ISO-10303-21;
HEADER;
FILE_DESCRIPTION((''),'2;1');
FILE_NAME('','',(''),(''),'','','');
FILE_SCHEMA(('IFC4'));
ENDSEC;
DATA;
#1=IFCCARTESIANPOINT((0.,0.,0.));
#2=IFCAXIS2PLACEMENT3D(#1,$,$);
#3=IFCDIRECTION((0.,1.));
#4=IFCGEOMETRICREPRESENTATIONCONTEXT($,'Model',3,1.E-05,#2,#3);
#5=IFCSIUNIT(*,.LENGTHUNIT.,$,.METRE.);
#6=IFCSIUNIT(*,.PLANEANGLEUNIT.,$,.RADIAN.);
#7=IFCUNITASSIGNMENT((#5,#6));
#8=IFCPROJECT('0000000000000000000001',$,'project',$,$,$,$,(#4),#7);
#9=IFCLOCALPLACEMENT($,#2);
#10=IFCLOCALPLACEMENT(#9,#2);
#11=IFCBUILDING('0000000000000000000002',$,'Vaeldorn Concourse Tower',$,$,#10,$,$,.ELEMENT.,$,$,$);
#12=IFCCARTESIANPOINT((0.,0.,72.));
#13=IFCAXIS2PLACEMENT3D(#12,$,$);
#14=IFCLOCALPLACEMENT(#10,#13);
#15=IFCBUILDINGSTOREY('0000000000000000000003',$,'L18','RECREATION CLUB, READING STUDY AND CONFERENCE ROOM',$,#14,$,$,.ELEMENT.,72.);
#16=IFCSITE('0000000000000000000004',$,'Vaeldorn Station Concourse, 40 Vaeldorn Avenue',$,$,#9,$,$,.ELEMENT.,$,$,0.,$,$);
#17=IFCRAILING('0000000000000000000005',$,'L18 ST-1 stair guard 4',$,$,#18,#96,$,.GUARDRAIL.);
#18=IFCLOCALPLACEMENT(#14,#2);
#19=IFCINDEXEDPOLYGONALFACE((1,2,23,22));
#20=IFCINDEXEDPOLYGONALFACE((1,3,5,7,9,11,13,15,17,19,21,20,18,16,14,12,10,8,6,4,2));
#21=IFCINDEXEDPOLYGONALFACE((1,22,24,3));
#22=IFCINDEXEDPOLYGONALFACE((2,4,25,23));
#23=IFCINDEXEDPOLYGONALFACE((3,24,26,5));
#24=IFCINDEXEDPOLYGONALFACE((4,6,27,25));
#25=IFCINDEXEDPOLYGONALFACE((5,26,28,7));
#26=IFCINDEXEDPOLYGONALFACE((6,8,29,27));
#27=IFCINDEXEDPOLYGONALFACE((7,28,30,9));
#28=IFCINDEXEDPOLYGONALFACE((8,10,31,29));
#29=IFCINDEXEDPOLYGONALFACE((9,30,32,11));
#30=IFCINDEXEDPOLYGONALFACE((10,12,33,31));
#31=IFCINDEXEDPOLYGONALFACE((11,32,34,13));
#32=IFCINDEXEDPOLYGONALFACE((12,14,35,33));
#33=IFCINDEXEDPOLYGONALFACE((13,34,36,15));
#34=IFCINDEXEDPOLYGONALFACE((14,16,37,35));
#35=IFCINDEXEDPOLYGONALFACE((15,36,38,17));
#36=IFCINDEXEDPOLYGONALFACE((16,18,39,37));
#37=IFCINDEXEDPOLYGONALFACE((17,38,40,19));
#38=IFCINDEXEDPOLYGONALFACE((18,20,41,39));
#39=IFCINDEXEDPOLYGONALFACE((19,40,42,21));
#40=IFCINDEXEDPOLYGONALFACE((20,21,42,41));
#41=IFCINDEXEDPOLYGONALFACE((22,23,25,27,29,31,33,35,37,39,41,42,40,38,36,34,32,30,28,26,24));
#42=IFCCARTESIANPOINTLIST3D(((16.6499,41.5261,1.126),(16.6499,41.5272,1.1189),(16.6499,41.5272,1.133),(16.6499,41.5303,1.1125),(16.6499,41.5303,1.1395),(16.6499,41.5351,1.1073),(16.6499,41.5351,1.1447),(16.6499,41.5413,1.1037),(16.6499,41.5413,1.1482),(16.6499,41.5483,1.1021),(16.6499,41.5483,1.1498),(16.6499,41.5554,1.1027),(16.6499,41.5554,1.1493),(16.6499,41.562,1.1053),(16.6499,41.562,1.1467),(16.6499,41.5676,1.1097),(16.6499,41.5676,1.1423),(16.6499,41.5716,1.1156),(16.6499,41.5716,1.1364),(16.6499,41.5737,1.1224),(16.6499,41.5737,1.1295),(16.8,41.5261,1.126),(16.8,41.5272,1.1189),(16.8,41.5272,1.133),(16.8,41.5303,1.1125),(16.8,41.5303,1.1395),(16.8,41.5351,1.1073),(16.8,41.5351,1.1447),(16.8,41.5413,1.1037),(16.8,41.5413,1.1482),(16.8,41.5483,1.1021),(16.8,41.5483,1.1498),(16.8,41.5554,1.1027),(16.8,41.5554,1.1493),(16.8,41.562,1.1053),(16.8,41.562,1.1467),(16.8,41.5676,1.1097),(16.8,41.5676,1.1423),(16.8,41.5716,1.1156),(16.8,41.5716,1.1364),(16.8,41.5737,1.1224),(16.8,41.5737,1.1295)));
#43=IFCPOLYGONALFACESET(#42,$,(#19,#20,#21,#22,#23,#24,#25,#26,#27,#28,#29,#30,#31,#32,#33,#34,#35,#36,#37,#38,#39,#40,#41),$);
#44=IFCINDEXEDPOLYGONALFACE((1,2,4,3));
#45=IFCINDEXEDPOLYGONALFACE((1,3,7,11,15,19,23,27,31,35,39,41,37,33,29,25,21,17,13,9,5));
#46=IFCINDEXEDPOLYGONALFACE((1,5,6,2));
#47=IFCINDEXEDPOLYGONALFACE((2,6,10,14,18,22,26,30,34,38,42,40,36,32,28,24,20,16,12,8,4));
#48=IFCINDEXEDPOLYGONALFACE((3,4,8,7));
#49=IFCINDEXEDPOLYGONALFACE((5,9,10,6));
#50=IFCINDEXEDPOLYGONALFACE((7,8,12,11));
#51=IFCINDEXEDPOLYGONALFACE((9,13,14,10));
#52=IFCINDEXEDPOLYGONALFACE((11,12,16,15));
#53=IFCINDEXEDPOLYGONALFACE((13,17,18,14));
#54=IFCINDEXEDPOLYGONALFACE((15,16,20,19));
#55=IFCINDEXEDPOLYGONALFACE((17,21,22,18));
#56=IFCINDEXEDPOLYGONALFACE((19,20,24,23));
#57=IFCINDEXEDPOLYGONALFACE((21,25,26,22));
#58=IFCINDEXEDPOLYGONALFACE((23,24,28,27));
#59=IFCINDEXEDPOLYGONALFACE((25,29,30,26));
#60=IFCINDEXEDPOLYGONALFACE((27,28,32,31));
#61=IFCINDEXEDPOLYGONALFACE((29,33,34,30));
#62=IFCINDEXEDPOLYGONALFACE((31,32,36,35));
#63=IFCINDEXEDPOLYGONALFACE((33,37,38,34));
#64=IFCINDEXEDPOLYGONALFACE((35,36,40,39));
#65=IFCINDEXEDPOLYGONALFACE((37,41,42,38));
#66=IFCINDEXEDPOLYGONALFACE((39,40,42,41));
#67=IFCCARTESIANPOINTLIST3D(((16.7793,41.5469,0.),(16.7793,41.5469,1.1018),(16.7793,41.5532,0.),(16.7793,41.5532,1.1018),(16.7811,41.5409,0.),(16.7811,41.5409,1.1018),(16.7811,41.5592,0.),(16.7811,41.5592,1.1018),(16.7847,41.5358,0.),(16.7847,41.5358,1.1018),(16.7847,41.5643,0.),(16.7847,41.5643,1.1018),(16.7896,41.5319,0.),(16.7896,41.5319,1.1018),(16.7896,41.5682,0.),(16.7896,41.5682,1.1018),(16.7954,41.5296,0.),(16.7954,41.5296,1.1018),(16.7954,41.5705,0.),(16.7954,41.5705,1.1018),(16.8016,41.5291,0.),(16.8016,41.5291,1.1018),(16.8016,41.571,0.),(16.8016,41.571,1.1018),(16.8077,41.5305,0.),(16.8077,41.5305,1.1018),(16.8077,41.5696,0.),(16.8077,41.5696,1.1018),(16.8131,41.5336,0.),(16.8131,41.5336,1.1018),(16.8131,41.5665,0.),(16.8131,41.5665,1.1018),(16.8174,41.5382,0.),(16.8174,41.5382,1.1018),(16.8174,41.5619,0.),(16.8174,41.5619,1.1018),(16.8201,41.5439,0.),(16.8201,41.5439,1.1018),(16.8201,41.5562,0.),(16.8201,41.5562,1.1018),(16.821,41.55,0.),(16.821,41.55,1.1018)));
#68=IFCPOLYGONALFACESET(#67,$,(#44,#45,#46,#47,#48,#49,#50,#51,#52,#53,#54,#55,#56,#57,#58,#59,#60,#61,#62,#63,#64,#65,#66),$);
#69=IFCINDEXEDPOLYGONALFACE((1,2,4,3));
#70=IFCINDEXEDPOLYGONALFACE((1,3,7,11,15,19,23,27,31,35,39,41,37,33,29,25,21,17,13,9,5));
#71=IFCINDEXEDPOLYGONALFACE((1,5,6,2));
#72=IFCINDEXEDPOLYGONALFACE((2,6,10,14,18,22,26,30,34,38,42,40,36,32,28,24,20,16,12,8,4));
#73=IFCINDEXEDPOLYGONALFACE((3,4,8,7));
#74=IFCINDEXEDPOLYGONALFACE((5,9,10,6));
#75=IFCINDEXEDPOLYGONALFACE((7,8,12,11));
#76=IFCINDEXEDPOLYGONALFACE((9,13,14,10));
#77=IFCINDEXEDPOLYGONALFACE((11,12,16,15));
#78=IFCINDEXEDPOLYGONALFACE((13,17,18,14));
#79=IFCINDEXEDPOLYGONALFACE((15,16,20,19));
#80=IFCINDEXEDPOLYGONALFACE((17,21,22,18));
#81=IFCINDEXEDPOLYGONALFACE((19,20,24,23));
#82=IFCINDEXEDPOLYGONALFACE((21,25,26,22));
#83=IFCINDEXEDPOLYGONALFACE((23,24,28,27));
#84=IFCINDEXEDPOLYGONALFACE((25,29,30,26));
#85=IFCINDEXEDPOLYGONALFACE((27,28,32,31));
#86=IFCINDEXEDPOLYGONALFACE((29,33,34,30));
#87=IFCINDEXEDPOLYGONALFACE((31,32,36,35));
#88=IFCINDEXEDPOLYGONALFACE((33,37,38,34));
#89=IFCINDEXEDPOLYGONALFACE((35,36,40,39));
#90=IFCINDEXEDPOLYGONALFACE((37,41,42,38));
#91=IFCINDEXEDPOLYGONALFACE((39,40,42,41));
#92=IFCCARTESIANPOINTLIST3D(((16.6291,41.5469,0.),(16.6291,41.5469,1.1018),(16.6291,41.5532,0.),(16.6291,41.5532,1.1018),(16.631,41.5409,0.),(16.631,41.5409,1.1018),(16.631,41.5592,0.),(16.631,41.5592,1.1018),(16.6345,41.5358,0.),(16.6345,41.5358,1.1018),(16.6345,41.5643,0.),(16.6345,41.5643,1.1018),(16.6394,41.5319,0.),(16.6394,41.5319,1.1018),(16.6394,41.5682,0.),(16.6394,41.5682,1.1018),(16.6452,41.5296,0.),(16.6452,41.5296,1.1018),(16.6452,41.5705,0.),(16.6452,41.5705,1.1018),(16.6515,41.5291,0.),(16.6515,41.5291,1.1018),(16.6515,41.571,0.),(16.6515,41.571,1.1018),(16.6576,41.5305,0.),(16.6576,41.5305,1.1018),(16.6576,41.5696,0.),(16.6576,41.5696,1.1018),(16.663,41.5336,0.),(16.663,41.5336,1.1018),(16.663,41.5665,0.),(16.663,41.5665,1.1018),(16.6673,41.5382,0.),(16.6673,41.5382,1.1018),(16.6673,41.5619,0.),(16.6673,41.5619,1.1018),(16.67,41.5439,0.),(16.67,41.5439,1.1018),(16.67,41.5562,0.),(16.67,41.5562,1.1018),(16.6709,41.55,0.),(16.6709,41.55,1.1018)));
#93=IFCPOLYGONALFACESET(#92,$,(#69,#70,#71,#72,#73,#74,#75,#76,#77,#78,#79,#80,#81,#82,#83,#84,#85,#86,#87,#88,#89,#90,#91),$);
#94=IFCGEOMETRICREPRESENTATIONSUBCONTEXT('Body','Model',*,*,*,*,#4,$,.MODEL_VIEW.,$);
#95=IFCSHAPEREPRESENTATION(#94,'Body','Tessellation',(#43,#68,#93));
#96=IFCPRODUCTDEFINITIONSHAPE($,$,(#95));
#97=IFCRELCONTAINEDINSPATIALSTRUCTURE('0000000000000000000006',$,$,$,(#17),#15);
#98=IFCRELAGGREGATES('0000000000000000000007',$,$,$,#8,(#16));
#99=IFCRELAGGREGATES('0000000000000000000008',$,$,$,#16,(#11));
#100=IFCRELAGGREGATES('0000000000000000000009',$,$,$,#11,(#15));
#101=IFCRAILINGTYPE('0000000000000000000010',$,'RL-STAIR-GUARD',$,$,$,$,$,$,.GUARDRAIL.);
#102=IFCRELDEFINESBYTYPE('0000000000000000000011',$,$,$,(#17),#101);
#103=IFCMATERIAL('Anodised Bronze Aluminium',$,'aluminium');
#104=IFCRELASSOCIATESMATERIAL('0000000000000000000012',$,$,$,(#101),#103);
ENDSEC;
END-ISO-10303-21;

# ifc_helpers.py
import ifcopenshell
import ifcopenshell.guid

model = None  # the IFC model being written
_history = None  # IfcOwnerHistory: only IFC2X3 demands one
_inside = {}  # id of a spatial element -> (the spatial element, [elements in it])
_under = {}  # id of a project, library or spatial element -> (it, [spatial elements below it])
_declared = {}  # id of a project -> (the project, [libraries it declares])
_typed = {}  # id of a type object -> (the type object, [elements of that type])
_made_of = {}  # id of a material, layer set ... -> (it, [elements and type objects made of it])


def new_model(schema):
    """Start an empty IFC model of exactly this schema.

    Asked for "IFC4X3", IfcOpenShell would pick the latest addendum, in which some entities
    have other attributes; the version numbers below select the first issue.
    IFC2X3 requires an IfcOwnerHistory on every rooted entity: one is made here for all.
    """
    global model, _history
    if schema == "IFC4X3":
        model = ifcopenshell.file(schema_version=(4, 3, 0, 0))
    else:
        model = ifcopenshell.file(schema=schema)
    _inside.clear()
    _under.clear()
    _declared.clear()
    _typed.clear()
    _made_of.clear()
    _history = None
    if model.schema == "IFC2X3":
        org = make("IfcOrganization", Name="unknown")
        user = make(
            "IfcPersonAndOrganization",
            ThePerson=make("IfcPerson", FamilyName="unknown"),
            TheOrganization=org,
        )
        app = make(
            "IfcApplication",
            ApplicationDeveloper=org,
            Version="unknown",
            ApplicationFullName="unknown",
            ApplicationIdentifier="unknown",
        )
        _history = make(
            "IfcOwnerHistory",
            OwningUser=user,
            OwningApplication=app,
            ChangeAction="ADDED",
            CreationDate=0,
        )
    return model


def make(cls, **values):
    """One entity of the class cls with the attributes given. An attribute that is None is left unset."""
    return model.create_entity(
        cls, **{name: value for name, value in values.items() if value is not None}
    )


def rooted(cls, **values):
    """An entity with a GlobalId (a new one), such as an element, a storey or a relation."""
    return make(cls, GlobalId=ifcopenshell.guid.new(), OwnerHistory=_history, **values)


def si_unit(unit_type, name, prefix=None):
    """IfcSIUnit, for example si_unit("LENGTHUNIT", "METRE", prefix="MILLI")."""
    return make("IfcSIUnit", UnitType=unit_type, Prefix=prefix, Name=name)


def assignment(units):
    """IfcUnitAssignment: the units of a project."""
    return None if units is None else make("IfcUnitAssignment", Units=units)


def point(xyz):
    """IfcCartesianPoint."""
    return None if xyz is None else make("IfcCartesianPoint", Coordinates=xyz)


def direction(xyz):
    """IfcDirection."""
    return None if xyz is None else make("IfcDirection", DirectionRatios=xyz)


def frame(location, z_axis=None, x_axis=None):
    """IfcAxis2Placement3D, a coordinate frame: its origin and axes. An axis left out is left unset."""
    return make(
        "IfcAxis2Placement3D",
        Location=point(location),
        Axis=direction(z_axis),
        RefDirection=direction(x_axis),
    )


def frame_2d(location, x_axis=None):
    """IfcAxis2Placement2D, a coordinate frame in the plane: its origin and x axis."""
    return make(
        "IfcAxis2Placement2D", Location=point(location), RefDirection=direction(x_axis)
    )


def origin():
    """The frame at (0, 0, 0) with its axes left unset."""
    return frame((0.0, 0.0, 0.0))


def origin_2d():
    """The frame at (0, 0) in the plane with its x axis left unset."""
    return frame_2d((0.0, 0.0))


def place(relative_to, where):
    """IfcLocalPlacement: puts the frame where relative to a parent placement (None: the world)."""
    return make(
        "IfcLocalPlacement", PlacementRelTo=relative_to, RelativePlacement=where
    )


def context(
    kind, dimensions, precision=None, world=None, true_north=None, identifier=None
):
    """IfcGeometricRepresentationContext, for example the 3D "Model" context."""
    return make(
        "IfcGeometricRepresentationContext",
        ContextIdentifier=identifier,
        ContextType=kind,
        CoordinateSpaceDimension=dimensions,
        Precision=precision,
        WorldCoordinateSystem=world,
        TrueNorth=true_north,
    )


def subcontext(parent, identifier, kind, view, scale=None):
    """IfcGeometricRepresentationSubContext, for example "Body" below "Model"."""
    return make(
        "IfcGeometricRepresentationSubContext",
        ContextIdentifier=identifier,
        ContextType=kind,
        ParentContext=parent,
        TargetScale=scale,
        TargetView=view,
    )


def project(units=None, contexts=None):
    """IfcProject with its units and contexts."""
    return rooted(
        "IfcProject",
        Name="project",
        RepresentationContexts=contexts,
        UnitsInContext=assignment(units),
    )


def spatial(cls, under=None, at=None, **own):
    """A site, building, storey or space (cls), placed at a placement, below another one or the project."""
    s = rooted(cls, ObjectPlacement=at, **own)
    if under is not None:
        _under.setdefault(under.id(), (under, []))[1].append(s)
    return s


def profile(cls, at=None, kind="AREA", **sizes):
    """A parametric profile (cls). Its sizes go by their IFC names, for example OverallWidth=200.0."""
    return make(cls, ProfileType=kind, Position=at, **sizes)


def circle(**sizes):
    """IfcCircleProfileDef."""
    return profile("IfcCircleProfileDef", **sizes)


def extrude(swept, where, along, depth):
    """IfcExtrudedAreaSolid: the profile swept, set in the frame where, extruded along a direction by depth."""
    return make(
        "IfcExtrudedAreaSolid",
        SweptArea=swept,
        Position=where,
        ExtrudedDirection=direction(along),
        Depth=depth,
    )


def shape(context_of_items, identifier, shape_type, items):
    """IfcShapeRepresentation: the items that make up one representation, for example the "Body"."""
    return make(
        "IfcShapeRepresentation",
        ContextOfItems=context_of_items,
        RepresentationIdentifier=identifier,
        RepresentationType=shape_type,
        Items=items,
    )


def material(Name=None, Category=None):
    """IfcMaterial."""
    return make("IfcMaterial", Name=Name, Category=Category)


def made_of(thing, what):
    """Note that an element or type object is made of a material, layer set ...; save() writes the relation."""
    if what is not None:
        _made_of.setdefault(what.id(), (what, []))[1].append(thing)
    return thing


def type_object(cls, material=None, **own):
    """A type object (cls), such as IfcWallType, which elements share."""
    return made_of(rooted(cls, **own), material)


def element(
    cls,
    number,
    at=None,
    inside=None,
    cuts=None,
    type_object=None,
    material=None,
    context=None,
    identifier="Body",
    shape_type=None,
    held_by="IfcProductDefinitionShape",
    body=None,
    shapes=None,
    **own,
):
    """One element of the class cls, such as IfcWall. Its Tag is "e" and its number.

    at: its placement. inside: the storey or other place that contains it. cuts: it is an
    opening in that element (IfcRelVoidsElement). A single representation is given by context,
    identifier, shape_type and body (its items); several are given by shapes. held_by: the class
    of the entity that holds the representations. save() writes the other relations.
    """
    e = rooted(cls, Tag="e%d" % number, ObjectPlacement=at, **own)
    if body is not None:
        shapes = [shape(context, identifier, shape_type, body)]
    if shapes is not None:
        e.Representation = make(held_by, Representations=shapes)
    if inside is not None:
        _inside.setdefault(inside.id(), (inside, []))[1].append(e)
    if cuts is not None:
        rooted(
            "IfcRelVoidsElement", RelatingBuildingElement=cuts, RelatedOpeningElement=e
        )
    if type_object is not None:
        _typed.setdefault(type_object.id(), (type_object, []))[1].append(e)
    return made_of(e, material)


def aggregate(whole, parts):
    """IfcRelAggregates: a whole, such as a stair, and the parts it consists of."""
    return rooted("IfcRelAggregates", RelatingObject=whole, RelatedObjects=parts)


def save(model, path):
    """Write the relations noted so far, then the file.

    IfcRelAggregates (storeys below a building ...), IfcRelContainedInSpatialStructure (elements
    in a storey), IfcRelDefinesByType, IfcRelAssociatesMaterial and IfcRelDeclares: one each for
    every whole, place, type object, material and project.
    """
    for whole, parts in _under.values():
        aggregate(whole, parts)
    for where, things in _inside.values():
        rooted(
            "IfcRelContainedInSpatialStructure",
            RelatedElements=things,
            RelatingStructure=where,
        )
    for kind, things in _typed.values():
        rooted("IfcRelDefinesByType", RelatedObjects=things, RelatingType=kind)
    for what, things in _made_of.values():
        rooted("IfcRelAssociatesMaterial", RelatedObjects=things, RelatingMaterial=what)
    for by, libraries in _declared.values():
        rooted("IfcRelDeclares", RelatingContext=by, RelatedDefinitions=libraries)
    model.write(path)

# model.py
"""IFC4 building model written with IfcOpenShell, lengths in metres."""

from ifc_helpers import new_model, si_unit, direction, frame, origin, origin_2d, place, context, subcontext, project, spatial, circle, extrude, material, type_object, element, save


model = new_model("IFC4")

# Units and contexts
model_context = context("Model", 3, precision=1e-05, world=origin(), true_north=direction((0.0, 1.0)))
body_context = subcontext(model_context, "Body", "Model", "MODEL_VIEW")
ifc_project = project(units=[si_unit("LENGTHUNIT", "METRE"), si_unit("PLANEANGLEUNIT", "RADIAN")], contexts=[model_context])

# Site, building, storey
site_placement = place(None, origin())
site = spatial("IfcSite", under=ifc_project, at=site_placement, Name="Vaeldorn Station Concourse, 40 Vaeldorn Avenue", CompositionType="ELEMENT", RefElevation=0.0)
building_placement = place(site_placement, origin())
building = spatial("IfcBuilding", under=site, at=building_placement, Name="Vaeldorn Concourse Tower", CompositionType="ELEMENT")
storey_placement = place(building_placement, frame((0.0, 0.0, 72.0)))
storey = spatial("IfcBuildingStorey", under=building, at=storey_placement, Name="L18", Description="RECREATION CLUB, READING STUDY AND CONFERENCE ROOM", CompositionType="ELEMENT", Elevation=72.0)

# Shared definitions
ifc_material_1 = material(Name="Anodised Bronze Aluminium", Category="aluminium")

# Railing
railing_type_1 = type_object("IfcRailingType", Name="RL-STAIR-GUARD", PredefinedType="GUARDRAIL", material=ifc_material_1)
railing_1_placement = place(storey_placement, frame((16.8, 41.55, 0.0)))
element("IfcRailing", 1, at=railing_1_placement, inside=storey, type_object=railing_type_1, Name="L18 ST-1 stair guard 4", PredefinedType="GUARDRAIL", context=body_context, shape_type="SweptSolid", body=[
    extrude(circle(Radius=0.0239, at=origin_2d()), frame((0.0, 0.0, 1.126), z_axis=(-1.0, 0.0, 0.0), x_axis=(0.0, -1.0, 0.0)), (0.0, 0.0, 1.0), 0.1501),
    extrude(circle(Radius=0.021, at=origin_2d()), origin(), (0.0, 0.0, 1.0), 1.1018),
    extrude(circle(Radius=0.021, at=origin_2d()), frame((-0.1501, 0.0, 0.0)), (0.0, 0.0, 1.0), 1.1018),
])

save(model, "model.ifc")
